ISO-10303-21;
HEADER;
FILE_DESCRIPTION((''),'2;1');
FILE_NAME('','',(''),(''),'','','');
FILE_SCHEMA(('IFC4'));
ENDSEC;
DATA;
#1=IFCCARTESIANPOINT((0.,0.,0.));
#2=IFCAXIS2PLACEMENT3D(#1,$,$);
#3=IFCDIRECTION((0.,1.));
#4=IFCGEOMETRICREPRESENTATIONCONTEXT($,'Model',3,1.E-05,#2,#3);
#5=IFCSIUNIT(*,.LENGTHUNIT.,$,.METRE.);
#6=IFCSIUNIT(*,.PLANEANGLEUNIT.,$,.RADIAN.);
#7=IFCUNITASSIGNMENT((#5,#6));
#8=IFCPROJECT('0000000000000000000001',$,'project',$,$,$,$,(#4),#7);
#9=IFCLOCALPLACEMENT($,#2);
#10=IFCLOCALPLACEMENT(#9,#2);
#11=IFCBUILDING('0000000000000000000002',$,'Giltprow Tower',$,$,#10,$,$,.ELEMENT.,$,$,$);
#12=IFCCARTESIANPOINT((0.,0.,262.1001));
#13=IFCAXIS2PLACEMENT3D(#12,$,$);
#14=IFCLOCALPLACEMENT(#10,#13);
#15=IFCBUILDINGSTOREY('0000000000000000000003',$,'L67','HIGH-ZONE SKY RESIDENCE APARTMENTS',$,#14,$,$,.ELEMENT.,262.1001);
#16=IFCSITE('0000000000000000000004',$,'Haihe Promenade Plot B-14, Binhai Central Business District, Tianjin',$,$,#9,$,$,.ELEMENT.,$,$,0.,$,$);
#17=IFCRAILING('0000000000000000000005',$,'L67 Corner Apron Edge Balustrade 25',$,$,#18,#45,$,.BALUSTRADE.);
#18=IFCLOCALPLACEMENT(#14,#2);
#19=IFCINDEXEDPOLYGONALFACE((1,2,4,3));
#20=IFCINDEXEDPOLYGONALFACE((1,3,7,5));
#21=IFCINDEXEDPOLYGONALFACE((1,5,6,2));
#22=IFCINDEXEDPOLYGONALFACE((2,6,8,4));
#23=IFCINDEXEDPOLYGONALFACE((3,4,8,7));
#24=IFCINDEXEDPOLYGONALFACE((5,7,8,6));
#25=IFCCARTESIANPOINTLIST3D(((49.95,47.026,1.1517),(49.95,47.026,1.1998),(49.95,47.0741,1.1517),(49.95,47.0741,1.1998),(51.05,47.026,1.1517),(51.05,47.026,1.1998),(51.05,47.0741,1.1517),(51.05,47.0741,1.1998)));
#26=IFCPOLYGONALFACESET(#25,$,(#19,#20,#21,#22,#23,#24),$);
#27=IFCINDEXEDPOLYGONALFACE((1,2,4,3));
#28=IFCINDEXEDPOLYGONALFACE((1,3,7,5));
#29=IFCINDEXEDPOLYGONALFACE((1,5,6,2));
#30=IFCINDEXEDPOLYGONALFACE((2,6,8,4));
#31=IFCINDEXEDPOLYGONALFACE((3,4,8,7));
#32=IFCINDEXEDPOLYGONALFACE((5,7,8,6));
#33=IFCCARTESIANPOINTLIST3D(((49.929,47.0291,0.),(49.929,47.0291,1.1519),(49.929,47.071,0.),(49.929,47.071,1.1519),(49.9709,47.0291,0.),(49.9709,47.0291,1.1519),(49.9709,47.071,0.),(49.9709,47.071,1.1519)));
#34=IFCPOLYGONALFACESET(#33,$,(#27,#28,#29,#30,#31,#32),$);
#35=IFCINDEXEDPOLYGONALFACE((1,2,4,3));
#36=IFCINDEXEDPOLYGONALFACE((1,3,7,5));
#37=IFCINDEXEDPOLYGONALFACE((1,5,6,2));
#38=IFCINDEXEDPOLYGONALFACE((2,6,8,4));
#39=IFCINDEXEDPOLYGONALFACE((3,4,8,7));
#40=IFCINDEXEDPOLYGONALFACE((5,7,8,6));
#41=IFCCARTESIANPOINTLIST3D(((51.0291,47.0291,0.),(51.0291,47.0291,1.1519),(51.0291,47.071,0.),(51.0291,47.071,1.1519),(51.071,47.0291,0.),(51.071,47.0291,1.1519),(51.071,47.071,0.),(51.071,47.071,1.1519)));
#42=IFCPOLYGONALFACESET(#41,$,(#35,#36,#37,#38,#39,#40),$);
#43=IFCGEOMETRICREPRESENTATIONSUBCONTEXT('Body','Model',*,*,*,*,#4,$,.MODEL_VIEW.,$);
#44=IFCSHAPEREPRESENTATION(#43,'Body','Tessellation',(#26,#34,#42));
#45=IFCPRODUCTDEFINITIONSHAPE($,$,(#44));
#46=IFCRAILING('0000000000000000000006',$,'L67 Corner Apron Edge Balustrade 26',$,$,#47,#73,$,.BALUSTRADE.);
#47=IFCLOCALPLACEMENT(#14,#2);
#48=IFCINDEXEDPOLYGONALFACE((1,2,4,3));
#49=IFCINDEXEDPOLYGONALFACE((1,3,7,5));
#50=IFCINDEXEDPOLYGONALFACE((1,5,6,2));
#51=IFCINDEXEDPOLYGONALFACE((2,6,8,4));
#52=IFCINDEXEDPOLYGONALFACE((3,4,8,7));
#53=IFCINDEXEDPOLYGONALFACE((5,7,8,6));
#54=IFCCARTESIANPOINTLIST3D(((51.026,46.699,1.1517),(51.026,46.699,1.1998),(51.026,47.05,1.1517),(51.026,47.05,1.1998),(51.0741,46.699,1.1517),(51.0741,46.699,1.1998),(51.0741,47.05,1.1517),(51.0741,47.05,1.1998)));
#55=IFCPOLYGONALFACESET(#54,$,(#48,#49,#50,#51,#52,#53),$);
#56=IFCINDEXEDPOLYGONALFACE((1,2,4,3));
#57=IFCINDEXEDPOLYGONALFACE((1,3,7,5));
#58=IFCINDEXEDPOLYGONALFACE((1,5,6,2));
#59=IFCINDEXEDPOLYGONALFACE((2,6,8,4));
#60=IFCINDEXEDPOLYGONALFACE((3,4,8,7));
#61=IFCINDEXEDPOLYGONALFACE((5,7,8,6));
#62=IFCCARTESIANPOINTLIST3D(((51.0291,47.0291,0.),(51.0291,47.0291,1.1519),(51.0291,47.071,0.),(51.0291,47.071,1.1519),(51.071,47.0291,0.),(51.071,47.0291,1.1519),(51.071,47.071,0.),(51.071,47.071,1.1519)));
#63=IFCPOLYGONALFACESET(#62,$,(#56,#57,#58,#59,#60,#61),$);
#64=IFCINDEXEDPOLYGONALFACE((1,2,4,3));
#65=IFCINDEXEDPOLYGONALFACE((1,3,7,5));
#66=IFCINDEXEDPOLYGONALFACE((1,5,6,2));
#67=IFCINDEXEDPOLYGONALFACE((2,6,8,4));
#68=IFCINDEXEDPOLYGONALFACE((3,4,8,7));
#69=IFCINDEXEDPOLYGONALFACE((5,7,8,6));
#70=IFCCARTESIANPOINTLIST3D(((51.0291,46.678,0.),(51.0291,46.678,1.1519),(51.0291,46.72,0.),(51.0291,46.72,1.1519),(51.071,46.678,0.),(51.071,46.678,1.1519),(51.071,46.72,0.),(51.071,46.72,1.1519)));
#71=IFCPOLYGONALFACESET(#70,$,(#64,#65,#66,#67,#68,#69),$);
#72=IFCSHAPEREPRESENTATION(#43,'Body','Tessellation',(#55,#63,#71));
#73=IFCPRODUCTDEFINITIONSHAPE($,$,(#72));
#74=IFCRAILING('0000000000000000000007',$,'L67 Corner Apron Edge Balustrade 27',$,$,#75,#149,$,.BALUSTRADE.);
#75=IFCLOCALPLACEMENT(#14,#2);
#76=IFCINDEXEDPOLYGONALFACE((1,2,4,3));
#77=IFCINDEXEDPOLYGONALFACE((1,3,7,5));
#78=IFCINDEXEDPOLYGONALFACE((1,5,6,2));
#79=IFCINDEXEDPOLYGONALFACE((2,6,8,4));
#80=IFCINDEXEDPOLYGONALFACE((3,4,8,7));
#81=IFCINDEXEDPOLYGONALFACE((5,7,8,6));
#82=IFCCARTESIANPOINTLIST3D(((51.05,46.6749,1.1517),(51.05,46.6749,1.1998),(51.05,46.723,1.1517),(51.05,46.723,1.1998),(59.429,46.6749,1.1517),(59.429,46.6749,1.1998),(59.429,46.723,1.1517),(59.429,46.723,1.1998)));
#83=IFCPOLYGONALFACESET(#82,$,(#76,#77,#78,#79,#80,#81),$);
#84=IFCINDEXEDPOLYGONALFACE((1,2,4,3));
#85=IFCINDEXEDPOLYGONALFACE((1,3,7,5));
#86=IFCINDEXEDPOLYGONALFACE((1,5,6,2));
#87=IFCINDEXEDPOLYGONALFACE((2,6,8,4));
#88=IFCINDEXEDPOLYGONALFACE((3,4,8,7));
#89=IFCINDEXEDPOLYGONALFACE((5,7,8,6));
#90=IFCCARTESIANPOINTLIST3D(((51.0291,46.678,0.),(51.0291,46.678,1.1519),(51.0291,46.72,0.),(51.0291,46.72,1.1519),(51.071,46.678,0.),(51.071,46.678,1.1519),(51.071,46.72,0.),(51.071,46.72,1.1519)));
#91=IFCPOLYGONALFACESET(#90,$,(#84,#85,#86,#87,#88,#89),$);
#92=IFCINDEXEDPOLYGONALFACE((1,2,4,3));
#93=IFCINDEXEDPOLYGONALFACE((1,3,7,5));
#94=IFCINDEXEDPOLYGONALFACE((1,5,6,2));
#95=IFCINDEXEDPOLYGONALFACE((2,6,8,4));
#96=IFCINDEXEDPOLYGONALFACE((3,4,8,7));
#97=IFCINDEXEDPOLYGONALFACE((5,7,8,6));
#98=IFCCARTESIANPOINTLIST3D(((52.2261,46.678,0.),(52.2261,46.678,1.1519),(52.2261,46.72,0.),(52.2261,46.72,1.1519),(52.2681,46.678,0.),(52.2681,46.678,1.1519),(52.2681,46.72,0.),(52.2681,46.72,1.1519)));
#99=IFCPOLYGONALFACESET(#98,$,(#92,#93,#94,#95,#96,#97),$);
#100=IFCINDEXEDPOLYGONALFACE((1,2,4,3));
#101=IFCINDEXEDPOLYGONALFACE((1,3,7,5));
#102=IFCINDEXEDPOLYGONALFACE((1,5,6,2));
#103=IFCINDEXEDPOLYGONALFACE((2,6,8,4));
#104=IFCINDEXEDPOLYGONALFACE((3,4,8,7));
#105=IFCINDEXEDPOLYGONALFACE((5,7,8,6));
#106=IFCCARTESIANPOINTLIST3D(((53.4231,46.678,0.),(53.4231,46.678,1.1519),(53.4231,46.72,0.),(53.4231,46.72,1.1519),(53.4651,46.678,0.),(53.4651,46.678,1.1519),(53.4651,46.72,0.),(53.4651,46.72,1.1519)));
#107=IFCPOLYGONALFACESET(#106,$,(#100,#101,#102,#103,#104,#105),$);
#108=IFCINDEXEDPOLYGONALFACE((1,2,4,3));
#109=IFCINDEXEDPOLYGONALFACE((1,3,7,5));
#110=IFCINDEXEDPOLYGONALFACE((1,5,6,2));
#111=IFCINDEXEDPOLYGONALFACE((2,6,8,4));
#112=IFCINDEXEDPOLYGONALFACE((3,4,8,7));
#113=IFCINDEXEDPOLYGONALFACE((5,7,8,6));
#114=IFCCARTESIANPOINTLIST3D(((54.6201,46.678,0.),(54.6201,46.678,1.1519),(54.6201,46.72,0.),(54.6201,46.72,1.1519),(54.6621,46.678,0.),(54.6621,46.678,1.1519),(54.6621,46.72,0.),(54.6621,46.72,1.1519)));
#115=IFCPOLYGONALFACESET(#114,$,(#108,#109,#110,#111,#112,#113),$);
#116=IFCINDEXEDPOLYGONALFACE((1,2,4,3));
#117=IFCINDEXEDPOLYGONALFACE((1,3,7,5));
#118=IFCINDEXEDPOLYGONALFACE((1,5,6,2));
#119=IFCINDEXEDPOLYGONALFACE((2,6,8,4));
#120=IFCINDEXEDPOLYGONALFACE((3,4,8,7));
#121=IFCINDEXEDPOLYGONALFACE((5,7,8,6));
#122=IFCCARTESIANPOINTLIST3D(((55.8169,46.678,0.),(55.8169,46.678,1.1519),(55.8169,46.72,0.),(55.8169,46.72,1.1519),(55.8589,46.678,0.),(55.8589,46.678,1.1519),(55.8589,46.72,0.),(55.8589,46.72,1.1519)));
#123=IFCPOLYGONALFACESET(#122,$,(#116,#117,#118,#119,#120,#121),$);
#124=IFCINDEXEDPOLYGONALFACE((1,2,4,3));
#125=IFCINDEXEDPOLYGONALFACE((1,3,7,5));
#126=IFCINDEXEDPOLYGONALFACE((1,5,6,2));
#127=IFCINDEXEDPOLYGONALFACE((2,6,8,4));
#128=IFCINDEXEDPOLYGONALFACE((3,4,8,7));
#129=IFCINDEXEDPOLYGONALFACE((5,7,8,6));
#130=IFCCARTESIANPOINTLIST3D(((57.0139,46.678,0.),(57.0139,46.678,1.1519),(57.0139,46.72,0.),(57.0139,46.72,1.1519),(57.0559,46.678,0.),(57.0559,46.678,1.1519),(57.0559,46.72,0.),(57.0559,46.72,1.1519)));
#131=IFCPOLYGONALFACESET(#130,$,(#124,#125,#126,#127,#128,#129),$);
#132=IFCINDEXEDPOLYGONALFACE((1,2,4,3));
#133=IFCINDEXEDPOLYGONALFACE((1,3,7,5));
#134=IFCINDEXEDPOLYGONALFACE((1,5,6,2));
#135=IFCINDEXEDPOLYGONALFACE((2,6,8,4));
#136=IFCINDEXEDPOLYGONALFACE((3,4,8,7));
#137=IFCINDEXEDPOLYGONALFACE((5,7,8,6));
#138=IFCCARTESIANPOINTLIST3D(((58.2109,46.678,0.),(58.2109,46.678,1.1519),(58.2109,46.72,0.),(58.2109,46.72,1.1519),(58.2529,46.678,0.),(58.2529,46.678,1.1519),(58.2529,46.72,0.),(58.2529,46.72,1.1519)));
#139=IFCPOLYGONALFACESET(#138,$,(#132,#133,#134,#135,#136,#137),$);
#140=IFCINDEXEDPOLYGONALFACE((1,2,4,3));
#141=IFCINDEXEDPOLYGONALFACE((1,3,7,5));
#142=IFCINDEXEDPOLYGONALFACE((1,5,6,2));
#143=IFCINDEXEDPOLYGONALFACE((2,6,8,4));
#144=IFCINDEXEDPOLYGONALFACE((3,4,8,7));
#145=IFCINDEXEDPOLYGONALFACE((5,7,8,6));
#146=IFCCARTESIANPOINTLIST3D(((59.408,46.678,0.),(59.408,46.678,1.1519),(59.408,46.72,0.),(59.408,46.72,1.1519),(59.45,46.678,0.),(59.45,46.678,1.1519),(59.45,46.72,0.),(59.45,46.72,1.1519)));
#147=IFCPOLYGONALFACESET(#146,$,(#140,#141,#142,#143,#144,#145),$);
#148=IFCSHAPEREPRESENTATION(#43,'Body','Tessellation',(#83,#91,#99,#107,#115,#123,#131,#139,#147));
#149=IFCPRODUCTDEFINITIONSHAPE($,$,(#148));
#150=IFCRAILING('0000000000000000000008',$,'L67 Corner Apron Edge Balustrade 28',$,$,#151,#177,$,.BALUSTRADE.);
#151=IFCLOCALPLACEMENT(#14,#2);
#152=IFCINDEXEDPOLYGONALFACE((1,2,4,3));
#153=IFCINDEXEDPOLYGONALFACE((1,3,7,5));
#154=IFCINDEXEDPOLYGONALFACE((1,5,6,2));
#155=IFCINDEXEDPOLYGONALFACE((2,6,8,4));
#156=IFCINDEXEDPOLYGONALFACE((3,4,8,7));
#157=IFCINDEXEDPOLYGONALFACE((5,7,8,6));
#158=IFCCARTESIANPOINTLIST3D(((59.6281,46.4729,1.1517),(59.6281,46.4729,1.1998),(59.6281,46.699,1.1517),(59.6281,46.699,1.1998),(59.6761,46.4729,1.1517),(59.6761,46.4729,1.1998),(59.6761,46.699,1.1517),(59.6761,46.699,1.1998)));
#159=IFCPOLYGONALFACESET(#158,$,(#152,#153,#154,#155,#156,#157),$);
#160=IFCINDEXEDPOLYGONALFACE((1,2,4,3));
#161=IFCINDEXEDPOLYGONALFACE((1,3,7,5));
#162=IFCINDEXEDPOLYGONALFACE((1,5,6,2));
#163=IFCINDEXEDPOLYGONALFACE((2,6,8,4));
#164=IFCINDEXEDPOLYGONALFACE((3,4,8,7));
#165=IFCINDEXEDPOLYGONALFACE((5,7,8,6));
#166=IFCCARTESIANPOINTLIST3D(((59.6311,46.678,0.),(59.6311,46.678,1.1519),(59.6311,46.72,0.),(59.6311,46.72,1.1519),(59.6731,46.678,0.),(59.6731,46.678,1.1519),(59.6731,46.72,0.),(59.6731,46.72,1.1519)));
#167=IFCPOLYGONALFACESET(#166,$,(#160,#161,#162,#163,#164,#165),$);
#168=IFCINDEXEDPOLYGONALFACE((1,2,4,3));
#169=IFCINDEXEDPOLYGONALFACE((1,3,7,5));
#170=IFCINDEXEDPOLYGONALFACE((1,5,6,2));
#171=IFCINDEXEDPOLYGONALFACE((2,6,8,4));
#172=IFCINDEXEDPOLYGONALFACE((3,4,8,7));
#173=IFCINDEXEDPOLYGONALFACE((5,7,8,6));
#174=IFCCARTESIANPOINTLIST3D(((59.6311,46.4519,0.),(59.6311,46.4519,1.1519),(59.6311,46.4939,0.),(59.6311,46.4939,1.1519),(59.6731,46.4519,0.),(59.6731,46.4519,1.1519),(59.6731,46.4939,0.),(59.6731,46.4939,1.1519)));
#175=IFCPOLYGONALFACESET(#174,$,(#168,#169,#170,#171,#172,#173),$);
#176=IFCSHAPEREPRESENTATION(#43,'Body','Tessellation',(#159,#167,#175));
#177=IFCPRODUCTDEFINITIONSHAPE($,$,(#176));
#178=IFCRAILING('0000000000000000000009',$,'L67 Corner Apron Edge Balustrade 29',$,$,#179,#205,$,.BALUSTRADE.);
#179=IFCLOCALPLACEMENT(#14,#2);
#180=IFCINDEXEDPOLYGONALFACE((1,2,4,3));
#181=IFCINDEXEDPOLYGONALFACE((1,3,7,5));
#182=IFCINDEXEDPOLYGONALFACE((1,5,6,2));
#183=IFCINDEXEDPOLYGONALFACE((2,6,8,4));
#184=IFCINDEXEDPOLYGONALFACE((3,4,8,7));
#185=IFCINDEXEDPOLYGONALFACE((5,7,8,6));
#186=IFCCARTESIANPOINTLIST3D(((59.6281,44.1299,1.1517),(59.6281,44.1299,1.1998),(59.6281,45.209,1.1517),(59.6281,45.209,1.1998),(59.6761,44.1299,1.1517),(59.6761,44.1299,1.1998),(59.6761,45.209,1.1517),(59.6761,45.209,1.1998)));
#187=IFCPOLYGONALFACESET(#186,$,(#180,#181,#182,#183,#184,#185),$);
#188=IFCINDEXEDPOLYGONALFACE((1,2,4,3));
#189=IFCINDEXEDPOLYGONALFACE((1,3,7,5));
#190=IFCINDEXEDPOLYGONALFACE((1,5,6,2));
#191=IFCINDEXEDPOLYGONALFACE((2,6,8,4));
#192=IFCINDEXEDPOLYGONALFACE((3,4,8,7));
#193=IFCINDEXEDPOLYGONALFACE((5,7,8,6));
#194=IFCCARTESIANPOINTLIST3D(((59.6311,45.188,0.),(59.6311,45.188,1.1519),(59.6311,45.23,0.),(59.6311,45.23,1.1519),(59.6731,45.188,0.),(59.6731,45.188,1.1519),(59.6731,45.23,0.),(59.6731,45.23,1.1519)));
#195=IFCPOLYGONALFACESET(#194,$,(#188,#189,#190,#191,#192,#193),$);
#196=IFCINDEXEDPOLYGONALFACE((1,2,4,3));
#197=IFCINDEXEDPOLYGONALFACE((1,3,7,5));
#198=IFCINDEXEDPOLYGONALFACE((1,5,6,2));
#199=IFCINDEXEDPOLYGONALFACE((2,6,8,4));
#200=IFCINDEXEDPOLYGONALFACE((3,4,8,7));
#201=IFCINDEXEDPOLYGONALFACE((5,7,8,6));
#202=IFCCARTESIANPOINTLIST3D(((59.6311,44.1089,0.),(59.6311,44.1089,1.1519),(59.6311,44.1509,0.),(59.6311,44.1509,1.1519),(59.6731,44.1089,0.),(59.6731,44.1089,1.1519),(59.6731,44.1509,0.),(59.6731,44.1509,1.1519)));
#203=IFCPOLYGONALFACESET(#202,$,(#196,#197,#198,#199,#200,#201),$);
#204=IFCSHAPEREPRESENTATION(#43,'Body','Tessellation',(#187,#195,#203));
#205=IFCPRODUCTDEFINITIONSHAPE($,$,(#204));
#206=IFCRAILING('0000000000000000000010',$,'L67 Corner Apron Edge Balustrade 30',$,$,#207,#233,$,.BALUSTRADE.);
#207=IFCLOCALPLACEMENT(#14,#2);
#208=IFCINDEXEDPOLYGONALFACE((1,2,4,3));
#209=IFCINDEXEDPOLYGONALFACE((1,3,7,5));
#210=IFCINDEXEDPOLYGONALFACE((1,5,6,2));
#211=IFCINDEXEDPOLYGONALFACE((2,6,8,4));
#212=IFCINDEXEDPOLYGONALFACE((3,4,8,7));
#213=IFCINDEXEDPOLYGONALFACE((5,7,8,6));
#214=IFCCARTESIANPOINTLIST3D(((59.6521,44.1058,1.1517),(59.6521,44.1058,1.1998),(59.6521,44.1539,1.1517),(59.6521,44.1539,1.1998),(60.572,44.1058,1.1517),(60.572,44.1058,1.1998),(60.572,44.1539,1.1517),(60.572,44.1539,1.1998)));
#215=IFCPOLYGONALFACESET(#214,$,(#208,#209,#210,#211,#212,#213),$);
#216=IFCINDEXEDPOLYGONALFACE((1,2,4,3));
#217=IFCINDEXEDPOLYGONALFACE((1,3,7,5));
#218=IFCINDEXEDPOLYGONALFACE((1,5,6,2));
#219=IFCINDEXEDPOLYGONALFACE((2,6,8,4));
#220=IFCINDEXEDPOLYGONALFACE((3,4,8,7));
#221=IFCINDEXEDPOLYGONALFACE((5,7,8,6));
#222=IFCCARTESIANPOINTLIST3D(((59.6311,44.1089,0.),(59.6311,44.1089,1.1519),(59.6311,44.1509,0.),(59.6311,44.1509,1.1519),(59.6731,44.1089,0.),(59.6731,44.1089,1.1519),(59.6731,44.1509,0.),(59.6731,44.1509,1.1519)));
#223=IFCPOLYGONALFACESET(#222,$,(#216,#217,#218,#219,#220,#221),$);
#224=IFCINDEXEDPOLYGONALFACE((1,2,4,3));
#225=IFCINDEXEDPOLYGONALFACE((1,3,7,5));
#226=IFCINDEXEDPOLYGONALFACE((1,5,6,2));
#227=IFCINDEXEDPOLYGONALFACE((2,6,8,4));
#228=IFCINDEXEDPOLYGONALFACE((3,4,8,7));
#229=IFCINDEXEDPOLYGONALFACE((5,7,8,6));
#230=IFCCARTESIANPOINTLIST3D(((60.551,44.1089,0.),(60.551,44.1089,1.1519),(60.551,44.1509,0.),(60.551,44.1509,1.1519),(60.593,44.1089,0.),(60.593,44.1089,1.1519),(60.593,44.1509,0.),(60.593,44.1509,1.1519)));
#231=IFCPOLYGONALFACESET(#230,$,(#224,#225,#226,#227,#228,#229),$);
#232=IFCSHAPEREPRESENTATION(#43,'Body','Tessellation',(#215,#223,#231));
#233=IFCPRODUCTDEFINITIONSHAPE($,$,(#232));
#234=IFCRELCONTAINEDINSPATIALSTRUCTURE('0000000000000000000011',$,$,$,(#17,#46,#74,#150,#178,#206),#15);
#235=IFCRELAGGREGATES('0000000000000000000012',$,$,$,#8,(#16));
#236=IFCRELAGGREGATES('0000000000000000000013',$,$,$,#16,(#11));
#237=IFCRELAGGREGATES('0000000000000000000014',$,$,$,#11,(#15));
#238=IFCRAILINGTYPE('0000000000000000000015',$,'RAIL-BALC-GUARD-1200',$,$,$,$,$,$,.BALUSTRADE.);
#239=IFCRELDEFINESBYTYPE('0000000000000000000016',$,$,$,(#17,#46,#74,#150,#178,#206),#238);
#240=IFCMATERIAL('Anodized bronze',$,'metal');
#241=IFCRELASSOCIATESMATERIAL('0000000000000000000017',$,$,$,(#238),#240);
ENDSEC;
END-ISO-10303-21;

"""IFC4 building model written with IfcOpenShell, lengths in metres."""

from ifc_helpers import new_model, si_unit, direction, frame, origin, origin_2d, place, context, subcontext, project, spatial, rectangle, extrude, material, type_object, element, save


model = new_model("IFC4")

# Units and contexts
model_context = context("Model", 3, precision=1e-05, world=origin(), true_north=direction((0.0, 1.0)))
body_context = subcontext(model_context, "Body", "Model", "MODEL_VIEW")
ifc_project = project(units=[si_unit("LENGTHUNIT", "METRE"), si_unit("PLANEANGLEUNIT", "RADIAN")], contexts=[model_context])

# Site, building, storey
site_placement = place(None, origin())
site = spatial("IfcSite", under=ifc_project, at=site_placement, Name="Haihe Promenade Plot B-14, Binhai Central Business District, Tianjin", CompositionType="ELEMENT", RefElevation=0.0)
building_placement = place(site_placement, origin())
building = spatial("IfcBuilding", under=site, at=building_placement, Name="Giltprow Tower", CompositionType="ELEMENT")
storey_placement = place(building_placement, frame((0.0, 0.0, 262.1001)))
storey = spatial("IfcBuildingStorey", under=building, at=storey_placement, Name="L67", Description="HIGH-ZONE SKY RESIDENCE APARTMENTS", CompositionType="ELEMENT", Elevation=262.1001)

# Railings
ifc_material_1 = material(Name="Anodized bronze", Category="metal")
railing_type_1 = type_object("IfcRailingType", Name="RAIL-BALC-GUARD-1200", PredefinedType="BALUSTRADE", material=ifc_material_1)
railing_1_placement = place(storey_placement, frame((49.95, 47.05, 0.0)))
element("IfcRailing", 1, at=railing_1_placement, inside=storey, type_object=railing_type_1, Name="L67 Corner Apron Edge Balustrade 25", PredefinedType="BALUSTRADE", context=body_context, shape_type="SweptSolid", body=[
    extrude(rectangle(XDim=0.0481, YDim=0.0481, at=origin_2d()), frame((0.0, 0.0, 1.1758), z_axis=(1.0, 0.0, 0.0), x_axis=(0.0, 1.0, 0.0)), (0.0, 0.0, 1.0), 1.1001),
    extrude(rectangle(XDim=0.042, YDim=0.042, at=origin_2d()), origin(), (0.0, 0.0, 1.0), 1.1519),
    extrude(rectangle(XDim=0.042, YDim=0.042, at=origin_2d()), frame((1.1001, 0.0, 0.0)), (0.0, 0.0, 1.0), 1.1519),
])
railing_2_placement = place(storey_placement, frame((51.05, 47.05, 0.0)))
element("IfcRailing", 2, at=railing_2_placement, inside=storey, type_object=railing_type_1, Name="L67 Corner Apron Edge Balustrade 26", PredefinedType="BALUSTRADE", context=body_context, shape_type="SweptSolid", body=[
    extrude(rectangle(XDim=0.0481, YDim=0.0481, at=origin_2d()), frame((0.0, 0.0, 1.1758), z_axis=(0.0, -1.0, 0.0), x_axis=(1.0, 0.0, 0.0)), (0.0, 0.0, 1.0), 0.3511),
    extrude(rectangle(XDim=0.042, YDim=0.042, at=origin_2d()), origin(), (0.0, 0.0, 1.0), 1.1519),
    extrude(rectangle(XDim=0.042, YDim=0.042, at=origin_2d()), frame((0.0, -0.3511, 0.0)), (0.0, 0.0, 1.0), 1.1519),
])
railing_3_placement = place(storey_placement, frame((51.05, 46.699, 0.0)))
element("IfcRailing", 3, at=railing_3_placement, inside=storey, type_object=railing_type_1, Name="L67 Corner Apron Edge Balustrade 27", PredefinedType="BALUSTRADE", context=body_context, shape_type="SweptSolid", body=[
    extrude(rectangle(XDim=0.0481, YDim=0.0481, at=origin_2d()), frame((0.0, 0.0, 1.1758), z_axis=(1.0, 0.0, 0.0), x_axis=(0.0, 1.0, 0.0)), (0.0, 0.0, 1.0), 8.3789),
    extrude(rectangle(XDim=0.042, YDim=0.042, at=origin_2d()), origin(), (0.0, 0.0, 1.0), 1.1519),
    extrude(rectangle(XDim=0.042, YDim=0.042, at=origin_2d()), frame((1.197, 0.0, 0.0)), (0.0, 0.0, 1.0), 1.1519),
    extrude(rectangle(XDim=0.042, YDim=0.042, at=origin_2d()), frame((2.394, 0.0, 0.0)), (0.0, 0.0, 1.0), 1.1519),
    extrude(rectangle(XDim=0.042, YDim=0.042, at=origin_2d()), frame((3.5911, 0.0, 0.0)), (0.0, 0.0, 1.0), 1.1519),
    extrude(rectangle(XDim=0.042, YDim=0.042, at=origin_2d()), frame((4.7878, 0.0, 0.0)), (0.0, 0.0, 1.0), 1.1519),
    extrude(rectangle(XDim=0.042, YDim=0.042, at=origin_2d()), frame((5.9849, 0.0, 0.0)), (0.0, 0.0, 1.0), 1.1519),
    extrude(rectangle(XDim=0.042, YDim=0.042, at=origin_2d()), frame((7.1819, 0.0, 0.0)), (0.0, 0.0, 1.0), 1.1519),
    extrude(rectangle(XDim=0.042, YDim=0.042, at=origin_2d()), frame((8.3789, 0.0, 0.0)), (0.0, 0.0, 1.0), 1.1519),
])
railing_4_placement = place(storey_placement, frame((59.6521, 46.699, 0.0)))
element("IfcRailing", 4, at=railing_4_placement, inside=storey, type_object=railing_type_1, Name="L67 Corner Apron Edge Balustrade 28", PredefinedType="BALUSTRADE", context=body_context, shape_type="SweptSolid", body=[
    extrude(rectangle(XDim=0.0481, YDim=0.0481, at=origin_2d()), frame((0.0, 0.0, 1.1758), z_axis=(0.0, -1.0, 0.0), x_axis=(1.0, 0.0, 0.0)), (0.0, 0.0, 1.0), 0.2261),
    extrude(rectangle(XDim=0.042, YDim=0.042, at=origin_2d()), origin(), (0.0, 0.0, 1.0), 1.1519),
    extrude(rectangle(XDim=0.042, YDim=0.042, at=origin_2d()), frame((0.0, -0.2261, 0.0)), (0.0, 0.0, 1.0), 1.1519),
])
railing_5_placement = place(storey_placement, frame((59.6521, 45.209, 0.0)))
element("IfcRailing", 5, at=railing_5_placement, inside=storey, type_object=railing_type_1, Name="L67 Corner Apron Edge Balustrade 29", PredefinedType="BALUSTRADE", context=body_context, shape_type="SweptSolid", body=[
    extrude(rectangle(XDim=0.0481, YDim=0.0481, at=origin_2d()), frame((0.0, 0.0, 1.1758), z_axis=(0.0, -1.0, 0.0), x_axis=(1.0, 0.0, 0.0)), (0.0, 0.0, 1.0), 1.0791),
    extrude(rectangle(XDim=0.042, YDim=0.042, at=origin_2d()), origin(), (0.0, 0.0, 1.0), 1.1519),
    extrude(rectangle(XDim=0.042, YDim=0.042, at=origin_2d()), frame((0.0, -1.0791, 0.0)), (0.0, 0.0, 1.0), 1.1519),
])
railing_6_placement = place(storey_placement, frame((59.6521, 44.1299, 0.0)))
element("IfcRailing", 6, at=railing_6_placement, inside=storey, type_object=railing_type_1, Name="L67 Corner Apron Edge Balustrade 30", PredefinedType="BALUSTRADE", context=body_context, shape_type="SweptSolid", body=[
    extrude(rectangle(XDim=0.0481, YDim=0.0481, at=origin_2d()), frame((0.0, 0.0, 1.1758), z_axis=(1.0, 0.0, 0.0), x_axis=(0.0, 1.0, 0.0)), (0.0, 0.0, 1.0), 0.9199),
    extrude(rectangle(XDim=0.042, YDim=0.042, at=origin_2d()), origin(), (0.0, 0.0, 1.0), 1.1519),
    extrude(rectangle(XDim=0.042, YDim=0.042, at=origin_2d()), frame((0.9199, 0.0, 0.0)), (0.0, 0.0, 1.0), 1.1519),
])

save(model, "model.ifc")
